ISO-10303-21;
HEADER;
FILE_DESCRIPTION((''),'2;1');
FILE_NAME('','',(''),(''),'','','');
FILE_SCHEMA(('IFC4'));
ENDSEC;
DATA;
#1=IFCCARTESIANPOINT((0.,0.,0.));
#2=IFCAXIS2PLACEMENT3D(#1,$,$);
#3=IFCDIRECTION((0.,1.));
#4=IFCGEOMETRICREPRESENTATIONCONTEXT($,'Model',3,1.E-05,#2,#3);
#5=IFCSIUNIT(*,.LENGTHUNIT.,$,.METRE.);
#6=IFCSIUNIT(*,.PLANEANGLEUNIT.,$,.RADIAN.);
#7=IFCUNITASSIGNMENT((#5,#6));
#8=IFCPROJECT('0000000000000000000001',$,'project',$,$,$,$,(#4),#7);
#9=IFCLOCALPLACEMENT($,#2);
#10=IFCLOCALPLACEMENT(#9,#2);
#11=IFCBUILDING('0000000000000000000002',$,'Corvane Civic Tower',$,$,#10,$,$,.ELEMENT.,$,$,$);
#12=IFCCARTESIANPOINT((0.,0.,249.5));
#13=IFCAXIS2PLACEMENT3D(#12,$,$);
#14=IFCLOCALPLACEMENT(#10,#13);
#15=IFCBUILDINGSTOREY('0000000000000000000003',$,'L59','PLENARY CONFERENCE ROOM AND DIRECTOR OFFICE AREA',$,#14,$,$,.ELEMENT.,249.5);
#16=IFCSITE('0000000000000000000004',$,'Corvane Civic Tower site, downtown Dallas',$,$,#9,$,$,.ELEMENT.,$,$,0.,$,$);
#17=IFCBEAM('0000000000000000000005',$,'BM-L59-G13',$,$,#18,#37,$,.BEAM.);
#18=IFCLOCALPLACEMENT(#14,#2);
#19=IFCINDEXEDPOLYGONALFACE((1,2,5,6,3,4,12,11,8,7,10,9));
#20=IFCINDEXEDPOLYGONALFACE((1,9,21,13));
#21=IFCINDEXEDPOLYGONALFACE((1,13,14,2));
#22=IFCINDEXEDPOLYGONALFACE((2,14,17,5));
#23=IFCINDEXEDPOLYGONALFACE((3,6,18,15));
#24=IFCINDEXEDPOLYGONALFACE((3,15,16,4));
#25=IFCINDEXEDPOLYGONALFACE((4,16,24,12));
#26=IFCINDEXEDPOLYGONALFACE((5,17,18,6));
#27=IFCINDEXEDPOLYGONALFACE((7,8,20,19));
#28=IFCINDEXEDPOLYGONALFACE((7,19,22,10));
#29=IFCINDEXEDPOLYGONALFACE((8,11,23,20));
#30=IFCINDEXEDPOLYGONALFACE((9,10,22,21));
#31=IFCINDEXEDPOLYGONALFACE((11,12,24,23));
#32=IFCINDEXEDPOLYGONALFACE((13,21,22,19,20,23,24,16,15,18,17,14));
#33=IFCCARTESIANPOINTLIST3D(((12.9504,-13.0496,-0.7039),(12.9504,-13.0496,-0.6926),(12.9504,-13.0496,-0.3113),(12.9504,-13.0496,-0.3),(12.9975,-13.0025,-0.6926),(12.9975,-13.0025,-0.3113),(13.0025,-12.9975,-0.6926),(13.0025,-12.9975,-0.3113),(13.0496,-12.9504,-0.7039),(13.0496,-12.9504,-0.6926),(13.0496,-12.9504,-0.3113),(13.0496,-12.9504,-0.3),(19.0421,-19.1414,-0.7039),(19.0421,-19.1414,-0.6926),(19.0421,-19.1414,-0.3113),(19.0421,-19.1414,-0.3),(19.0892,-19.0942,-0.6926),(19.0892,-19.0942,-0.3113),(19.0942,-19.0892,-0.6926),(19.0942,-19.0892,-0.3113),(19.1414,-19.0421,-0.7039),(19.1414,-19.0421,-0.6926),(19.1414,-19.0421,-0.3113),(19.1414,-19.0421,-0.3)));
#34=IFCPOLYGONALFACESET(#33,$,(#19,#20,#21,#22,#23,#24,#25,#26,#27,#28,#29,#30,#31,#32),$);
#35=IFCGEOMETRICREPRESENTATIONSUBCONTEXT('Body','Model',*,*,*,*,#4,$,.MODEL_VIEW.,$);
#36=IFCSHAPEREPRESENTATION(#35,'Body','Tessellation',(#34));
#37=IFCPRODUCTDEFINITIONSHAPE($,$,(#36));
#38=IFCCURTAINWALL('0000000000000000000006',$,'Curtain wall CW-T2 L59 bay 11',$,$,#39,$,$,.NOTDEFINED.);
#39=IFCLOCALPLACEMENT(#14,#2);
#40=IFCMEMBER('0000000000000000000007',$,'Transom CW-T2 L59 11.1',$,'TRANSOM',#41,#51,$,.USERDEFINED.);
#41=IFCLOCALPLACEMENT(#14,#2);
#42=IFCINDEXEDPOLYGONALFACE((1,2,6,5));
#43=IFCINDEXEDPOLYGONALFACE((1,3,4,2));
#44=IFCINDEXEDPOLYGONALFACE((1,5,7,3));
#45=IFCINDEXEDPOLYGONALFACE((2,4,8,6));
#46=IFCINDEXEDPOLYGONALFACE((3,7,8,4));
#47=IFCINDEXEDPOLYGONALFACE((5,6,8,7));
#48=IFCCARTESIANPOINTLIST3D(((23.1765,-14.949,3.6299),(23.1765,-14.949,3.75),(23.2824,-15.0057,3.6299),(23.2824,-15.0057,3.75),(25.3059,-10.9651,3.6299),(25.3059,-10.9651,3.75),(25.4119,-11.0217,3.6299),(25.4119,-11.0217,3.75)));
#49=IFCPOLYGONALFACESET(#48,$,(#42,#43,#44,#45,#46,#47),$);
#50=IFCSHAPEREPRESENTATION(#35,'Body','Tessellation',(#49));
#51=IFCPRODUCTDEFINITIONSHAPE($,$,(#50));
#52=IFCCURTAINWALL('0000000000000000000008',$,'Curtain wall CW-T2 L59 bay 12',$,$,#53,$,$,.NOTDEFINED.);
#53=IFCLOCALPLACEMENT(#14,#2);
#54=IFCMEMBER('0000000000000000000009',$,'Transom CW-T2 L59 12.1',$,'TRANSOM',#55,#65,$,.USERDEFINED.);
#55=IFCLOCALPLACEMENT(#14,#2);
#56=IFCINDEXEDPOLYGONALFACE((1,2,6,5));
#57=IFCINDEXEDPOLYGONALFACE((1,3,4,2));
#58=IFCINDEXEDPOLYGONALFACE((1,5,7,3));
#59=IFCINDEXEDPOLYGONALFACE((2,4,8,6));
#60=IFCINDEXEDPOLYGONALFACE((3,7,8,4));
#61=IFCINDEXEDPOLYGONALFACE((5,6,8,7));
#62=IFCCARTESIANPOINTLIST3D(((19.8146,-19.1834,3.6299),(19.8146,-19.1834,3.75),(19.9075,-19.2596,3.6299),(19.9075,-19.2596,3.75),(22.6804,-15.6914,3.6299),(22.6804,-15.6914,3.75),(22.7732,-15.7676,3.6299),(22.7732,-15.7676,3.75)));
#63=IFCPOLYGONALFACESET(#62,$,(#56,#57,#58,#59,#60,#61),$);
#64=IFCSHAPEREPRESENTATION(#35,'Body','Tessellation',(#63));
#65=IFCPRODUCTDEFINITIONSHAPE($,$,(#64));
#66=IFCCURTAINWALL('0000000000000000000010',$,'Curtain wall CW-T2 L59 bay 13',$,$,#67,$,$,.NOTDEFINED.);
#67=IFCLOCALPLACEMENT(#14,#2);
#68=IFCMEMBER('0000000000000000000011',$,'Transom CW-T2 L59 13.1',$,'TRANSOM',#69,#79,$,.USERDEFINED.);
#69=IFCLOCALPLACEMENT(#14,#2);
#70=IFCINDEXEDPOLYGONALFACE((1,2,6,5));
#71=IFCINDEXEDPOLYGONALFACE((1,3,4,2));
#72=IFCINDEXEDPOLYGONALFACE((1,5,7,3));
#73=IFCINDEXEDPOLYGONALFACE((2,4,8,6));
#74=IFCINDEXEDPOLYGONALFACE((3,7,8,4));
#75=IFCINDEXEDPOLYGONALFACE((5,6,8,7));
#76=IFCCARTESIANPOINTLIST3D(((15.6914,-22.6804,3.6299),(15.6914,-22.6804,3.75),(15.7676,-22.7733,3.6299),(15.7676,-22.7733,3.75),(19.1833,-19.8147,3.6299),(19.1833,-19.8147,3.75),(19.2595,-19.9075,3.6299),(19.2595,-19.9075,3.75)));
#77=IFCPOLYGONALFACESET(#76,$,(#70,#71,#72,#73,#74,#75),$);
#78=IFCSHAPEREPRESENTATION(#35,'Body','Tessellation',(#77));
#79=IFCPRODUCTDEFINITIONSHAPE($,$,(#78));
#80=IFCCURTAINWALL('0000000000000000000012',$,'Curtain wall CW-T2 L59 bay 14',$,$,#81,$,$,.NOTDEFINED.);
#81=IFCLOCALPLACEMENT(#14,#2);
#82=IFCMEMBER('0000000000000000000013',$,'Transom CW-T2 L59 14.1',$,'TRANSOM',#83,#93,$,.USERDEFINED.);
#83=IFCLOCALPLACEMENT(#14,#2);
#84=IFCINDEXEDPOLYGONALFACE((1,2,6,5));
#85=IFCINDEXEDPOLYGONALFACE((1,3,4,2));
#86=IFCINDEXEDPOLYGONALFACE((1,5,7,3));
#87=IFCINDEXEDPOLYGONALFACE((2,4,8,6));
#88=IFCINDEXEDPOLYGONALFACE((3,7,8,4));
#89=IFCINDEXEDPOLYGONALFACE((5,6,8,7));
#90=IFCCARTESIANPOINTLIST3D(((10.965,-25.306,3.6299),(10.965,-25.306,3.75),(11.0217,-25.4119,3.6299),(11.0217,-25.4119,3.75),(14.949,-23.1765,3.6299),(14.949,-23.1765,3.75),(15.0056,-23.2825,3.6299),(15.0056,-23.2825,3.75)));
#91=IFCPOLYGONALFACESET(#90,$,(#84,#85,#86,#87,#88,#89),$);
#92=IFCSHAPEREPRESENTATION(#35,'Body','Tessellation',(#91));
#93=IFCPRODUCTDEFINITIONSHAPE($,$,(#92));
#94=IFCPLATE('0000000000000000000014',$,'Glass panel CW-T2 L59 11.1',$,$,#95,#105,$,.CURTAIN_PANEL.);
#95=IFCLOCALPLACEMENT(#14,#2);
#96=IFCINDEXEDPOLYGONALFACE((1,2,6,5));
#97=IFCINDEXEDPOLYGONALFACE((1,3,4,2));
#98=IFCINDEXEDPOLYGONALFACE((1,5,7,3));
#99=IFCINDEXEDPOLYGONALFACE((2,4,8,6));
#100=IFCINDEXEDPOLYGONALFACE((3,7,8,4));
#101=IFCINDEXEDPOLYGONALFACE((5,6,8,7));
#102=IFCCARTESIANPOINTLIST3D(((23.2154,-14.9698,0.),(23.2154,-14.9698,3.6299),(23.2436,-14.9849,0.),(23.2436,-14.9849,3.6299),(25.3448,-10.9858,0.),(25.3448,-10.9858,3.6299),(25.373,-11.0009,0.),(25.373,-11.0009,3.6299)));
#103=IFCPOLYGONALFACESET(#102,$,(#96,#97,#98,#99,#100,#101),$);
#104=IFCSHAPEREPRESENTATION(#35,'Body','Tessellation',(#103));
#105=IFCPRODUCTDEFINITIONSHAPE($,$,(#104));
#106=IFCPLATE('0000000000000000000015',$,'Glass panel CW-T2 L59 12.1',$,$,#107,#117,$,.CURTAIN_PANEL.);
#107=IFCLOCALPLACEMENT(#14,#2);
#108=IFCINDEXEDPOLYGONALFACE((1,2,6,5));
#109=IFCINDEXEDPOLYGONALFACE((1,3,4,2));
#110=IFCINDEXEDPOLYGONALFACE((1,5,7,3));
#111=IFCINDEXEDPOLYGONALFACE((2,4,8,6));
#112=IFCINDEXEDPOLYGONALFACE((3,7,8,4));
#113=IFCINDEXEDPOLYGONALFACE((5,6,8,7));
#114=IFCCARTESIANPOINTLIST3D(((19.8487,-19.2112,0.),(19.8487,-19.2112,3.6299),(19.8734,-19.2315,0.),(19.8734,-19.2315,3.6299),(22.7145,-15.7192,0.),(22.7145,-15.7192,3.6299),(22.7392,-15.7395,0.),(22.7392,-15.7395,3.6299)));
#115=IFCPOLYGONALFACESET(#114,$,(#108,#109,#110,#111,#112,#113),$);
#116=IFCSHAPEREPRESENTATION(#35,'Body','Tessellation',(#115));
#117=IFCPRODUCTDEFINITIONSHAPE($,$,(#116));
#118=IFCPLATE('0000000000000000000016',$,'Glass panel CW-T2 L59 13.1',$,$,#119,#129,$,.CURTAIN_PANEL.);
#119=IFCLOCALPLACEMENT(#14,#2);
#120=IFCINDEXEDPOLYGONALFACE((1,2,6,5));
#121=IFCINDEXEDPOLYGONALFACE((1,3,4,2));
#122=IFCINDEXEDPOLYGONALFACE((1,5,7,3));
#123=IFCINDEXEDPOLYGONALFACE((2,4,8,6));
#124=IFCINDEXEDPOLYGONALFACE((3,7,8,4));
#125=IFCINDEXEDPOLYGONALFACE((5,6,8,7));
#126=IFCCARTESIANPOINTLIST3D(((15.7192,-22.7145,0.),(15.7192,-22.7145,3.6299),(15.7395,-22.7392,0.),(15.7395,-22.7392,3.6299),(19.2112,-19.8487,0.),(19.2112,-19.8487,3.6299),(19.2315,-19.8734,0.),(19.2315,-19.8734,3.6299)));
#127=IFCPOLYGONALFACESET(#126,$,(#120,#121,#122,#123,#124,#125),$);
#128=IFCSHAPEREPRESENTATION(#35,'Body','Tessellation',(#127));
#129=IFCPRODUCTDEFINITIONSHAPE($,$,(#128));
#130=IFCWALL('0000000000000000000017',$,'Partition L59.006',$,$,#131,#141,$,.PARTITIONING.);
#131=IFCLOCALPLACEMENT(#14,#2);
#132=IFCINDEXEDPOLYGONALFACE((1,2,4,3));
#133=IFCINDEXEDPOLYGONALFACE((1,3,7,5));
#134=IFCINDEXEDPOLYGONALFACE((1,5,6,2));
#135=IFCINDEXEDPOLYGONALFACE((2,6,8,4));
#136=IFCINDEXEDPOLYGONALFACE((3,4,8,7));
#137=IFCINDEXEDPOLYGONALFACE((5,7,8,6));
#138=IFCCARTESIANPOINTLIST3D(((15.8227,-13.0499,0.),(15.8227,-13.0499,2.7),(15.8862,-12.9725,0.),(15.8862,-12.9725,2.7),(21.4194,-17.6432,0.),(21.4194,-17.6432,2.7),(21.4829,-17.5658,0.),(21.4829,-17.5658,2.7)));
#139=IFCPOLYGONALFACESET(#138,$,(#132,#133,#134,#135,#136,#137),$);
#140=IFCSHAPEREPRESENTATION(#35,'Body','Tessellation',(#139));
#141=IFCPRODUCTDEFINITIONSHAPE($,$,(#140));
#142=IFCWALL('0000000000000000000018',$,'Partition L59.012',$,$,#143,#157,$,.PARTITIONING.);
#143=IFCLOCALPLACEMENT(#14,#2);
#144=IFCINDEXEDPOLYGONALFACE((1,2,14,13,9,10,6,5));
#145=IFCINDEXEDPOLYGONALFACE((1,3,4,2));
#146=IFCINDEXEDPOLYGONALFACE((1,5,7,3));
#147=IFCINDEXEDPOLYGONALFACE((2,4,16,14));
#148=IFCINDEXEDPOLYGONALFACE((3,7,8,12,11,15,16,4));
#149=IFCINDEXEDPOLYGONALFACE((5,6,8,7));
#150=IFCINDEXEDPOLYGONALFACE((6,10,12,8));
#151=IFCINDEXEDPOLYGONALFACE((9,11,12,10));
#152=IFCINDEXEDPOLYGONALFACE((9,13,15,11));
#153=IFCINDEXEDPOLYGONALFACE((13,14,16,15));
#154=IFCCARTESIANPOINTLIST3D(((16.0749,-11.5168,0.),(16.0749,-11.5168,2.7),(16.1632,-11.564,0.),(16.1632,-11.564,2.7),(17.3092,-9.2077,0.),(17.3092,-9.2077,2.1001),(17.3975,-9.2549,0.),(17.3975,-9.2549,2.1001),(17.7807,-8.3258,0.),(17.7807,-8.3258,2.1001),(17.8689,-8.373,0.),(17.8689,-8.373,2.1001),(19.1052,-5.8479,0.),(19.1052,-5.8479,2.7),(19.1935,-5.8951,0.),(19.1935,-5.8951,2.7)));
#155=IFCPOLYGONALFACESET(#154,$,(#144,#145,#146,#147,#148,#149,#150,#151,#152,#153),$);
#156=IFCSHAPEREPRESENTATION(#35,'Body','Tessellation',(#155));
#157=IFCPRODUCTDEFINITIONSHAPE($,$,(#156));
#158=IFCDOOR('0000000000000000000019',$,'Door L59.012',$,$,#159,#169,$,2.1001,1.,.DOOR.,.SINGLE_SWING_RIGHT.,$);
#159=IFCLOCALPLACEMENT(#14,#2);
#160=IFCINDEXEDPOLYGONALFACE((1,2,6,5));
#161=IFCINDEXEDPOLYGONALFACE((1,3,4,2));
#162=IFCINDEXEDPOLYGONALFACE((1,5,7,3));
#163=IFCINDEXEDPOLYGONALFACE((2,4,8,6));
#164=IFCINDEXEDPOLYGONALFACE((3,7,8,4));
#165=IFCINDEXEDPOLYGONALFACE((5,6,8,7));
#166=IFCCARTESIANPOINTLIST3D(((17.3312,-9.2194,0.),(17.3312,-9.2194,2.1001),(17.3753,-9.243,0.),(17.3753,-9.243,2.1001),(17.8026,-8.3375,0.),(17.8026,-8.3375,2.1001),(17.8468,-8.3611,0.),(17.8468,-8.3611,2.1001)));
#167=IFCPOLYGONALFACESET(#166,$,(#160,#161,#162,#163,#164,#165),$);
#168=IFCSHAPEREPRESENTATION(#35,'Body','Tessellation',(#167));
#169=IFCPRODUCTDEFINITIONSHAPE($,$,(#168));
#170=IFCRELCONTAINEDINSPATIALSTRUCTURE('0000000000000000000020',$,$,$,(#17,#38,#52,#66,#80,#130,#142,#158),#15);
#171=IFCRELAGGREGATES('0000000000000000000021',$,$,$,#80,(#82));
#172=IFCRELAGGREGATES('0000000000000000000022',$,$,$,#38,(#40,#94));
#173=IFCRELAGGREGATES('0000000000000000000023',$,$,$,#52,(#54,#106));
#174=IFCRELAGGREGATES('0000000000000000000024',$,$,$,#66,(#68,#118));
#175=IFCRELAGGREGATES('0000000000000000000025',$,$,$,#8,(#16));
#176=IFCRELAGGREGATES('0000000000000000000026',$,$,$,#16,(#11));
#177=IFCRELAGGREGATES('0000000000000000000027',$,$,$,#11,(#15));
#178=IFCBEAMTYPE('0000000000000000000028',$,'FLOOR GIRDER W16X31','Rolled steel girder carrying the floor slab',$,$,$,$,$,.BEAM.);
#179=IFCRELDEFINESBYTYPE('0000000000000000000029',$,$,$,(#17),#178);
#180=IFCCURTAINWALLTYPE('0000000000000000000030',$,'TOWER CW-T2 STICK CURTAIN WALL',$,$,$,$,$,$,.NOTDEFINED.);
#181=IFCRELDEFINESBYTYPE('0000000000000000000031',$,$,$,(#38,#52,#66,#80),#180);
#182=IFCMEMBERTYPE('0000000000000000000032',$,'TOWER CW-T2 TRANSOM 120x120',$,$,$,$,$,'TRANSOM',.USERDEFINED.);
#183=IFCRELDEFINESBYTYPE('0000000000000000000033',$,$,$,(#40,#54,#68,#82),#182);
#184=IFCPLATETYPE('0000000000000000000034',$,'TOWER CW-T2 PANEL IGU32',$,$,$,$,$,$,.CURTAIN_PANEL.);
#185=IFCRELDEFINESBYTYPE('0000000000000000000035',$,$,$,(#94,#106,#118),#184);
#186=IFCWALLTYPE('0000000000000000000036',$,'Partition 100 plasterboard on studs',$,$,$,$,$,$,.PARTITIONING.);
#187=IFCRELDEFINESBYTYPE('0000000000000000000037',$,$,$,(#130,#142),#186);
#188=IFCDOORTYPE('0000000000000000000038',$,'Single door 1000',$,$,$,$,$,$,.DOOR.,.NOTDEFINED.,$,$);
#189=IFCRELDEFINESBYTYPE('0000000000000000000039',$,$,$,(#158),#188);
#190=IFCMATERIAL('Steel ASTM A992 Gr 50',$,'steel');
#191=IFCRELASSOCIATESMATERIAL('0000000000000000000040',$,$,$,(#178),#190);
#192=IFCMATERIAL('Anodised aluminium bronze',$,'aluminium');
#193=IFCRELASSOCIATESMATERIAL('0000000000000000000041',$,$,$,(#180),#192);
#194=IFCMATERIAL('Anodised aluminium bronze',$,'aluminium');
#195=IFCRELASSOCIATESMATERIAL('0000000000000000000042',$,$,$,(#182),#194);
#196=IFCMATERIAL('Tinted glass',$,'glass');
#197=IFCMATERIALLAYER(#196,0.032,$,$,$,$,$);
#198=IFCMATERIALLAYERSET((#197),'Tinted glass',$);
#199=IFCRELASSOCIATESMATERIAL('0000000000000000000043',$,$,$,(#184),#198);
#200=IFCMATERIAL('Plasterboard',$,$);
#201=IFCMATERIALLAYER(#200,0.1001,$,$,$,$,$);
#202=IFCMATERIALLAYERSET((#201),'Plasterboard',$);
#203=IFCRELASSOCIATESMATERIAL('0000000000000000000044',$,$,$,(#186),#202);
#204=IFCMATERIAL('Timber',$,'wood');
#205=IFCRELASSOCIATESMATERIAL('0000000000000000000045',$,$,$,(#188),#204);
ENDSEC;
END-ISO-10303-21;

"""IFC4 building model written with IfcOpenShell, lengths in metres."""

from ifc_helpers import new_model, si_unit, direction, frame, frame_2d, origin, origin_2d, place, context, subcontext, project, spatial, rectangle, i_section, extrude, material, layer, layer_set, material_profile, profile_set, type_object, element, fill, aggregate, save


model = new_model("IFC4")

# Units and contexts
model_context = context("Model", 3, precision=1e-05, world=origin(), true_north=direction((0.0, 1.0)))
body_context = subcontext(model_context, "Body", "Model", "MODEL_VIEW")
ifc_project = project(units=[si_unit("LENGTHUNIT", "METRE"), si_unit("PLANEANGLEUNIT", "RADIAN")], contexts=[model_context])

# Site, building, storey
site_placement = place(None, origin())
site = spatial("IfcSite", under=ifc_project, at=site_placement, Name="Corvane Civic Tower site, downtown Dallas", CompositionType="ELEMENT", RefElevation=0.0)
building_placement = place(site_placement, origin())
building = spatial("IfcBuilding", under=site, at=building_placement, Name="Corvane Civic Tower", CompositionType="ELEMENT")
storey_placement = place(building_placement, frame((0.0, 0.0, 249.5)))
storey = spatial("IfcBuildingStorey", under=building, at=storey_placement, Name="L59", Description="PLENARY CONFERENCE ROOM AND DIRECTOR OFFICE AREA", CompositionType="ELEMENT", Elevation=249.5)

# Beam
ifc_material_1 = material(Name="Steel ASTM A992 Gr 50", Category="steel")
ifc_material_profile_1 = material_profile(ifc_material_1, i_section(OverallWidth=0.1404, OverallDepth=0.4038, WebThickness=0.0071, FlangeThickness=0.0112, at=origin_2d()), Name="W16X31")
ifc_profile_set_1 = profile_set([ifc_material_profile_1], Name="Steel ASTM A992 Gr 50")
beam_type_1 = type_object("IfcBeamType", Name="FLOOR GIRDER W16X31", Description="Rolled steel girder carrying the floor slab", PredefinedType="BEAM", material=ifc_profile_set_1)
beam_placement = place(storey_placement, frame((13.0, -13.0, -0.502), z_axis=(0.707107, -0.707107, 0.0), x_axis=(0.707107, 0.707107, 0.0)))
element("IfcBeam", 1, at=beam_placement, inside=storey, type_object=beam_type_1, Name="BM-L59-G13", PredefinedType="BEAM", context=body_context, shape_type="SweptSolid", body=[
    extrude(i_section(OverallWidth=0.1404, OverallDepth=0.4038, WebThickness=0.0071, FlangeThickness=0.0112, at=origin_2d()), origin(), (0.0, 0.0, 1.0), 8.615),
])

# Curtain walls, members
ifc_material_2 = material(Name="Anodised aluminium bronze", Category="aluminium")
curtain_wall_type = type_object("IfcCurtainWallType", Name="TOWER CW-T2 STICK CURTAIN WALL", PredefinedType="NOTDEFINED", material=ifc_material_2)
curtain_wall_1_placement = place(storey_placement, origin())
curtain_wall_1 = element("IfcCurtainWall", 2, at=curtain_wall_1_placement, inside=storey, type_object=curtain_wall_type, Name="Curtain wall CW-T2 L59 bay 11", PredefinedType="NOTDEFINED")
ifc_material_3 = material(Name="Anodised aluminium bronze", Category="aluminium")
ifc_material_profile_2 = material_profile(ifc_material_3, rectangle(XDim=0.1201, YDim=0.1201, at=origin_2d()), Name="TOWER CW-T2 TRANSOM 120x120")
ifc_profile_set_2 = profile_set([ifc_material_profile_2], Name="Anodised aluminium bronze")
member_type = type_object("IfcMemberType", Name="TOWER CW-T2 TRANSOM 120x120", ElementType="TRANSOM", PredefinedType="USERDEFINED", material=ifc_profile_set_2)
member_1_placement = place(storey_placement, frame((25.3589, -10.9934, 3.6899), z_axis=(-0.47139, -0.881925, 0.0), x_axis=(0.881925, -0.47139, 0.0)))
member_1 = element("IfcMember", 3, at=member_1_placement, type_object=member_type, Name="Transom CW-T2 L59 11.1", ObjectType="TRANSOM", PredefinedType="USERDEFINED", context=body_context, shape_type="SweptSolid", body=[
    extrude(rectangle(XDim=0.1201, YDim=0.1201, at=origin_2d()), origin(), (0.0, 0.0, 1.0), 4.5173),
])
curtain_wall_2_placement = place(storey_placement, origin())
curtain_wall_2 = element("IfcCurtainWall", 4, at=curtain_wall_2_placement, inside=storey, type_object=curtain_wall_type, Name="Curtain wall CW-T2 L59 bay 12", PredefinedType="NOTDEFINED")
member_2_placement = place(storey_placement, frame((22.7268, -15.7295, 3.6899), z_axis=(-0.634388, -0.773015, 0.0), x_axis=(0.773015, -0.634388, 0.0)))
member_2 = element("IfcMember", 5, at=member_2_placement, type_object=member_type, Name="Transom CW-T2 L59 12.1", ObjectType="TRANSOM", PredefinedType="USERDEFINED", context=body_context, shape_type="SweptSolid", body=[
    extrude(rectangle(XDim=0.1201, YDim=0.1201, at=origin_2d()), origin(), (0.0, 0.0, 1.0), 4.5173),
])
curtain_wall_3_placement = place(storey_placement, origin())
curtain_wall_3 = element("IfcCurtainWall", 6, at=curtain_wall_3_placement, inside=storey, type_object=curtain_wall_type, Name="Curtain wall CW-T2 L59 bay 13", PredefinedType="NOTDEFINED")
member_3_placement = place(storey_placement, frame((19.2214, -19.8611, 3.6899), z_axis=(-0.773015, -0.634388, 0.0), x_axis=(0.634388, -0.773015, 0.0)))
member_3 = element("IfcMember", 7, at=member_3_placement, type_object=member_type, Name="Transom CW-T2 L59 13.1", ObjectType="TRANSOM", PredefinedType="USERDEFINED", context=body_context, shape_type="SweptSolid", body=[
    extrude(rectangle(XDim=0.1201, YDim=0.1201, at=origin_2d()), origin(), (0.0, 0.0, 1.0), 4.5173),
])
curtain_wall_4_placement = place(storey_placement, origin())
curtain_wall_4 = element("IfcCurtainWall", 8, at=curtain_wall_4_placement, inside=storey, type_object=curtain_wall_type, Name="Curtain wall CW-T2 L59 bay 14", PredefinedType="NOTDEFINED")
member_4_placement = place(storey_placement, frame((14.9773, -23.2295, 3.6899), z_axis=(-0.881925, -0.47139, 0.0), x_axis=(0.47139, -0.881925, 0.0)))
member_4 = element("IfcMember", 9, at=member_4_placement, type_object=member_type, Name="Transom CW-T2 L59 14.1", ObjectType="TRANSOM", PredefinedType="USERDEFINED", context=body_context, shape_type="SweptSolid", body=[
    extrude(rectangle(XDim=0.1201, YDim=0.1201, at=origin_2d()), origin(), (0.0, 0.0, 1.0), 4.5173),
])
aggregate(curtain_wall_4, [member_4])

# Plates
ifc_material_4 = material(Name="Tinted glass", Category="glass")
ifc_layer_1 = layer(ifc_material_4, 0.032)
ifc_layer_set_1 = layer_set([ifc_layer_1], Name="Tinted glass")
plate_type = type_object("IfcPlateType", Name="TOWER CW-T2 PANEL IGU32", PredefinedType="CURTAIN_PANEL", material=ifc_layer_set_1)
plate_1_placement = place(storey_placement, frame((24.2942, -12.9854, 0.0), z_axis=(0.0, 0.0, 1.0), x_axis=(-0.471398, -0.88192, 0.0)))
plate_1 = element("IfcPlate", 10, at=plate_1_placement, type_object=plate_type, Name="Glass panel CW-T2 L59 11.1", PredefinedType="CURTAIN_PANEL", context=body_context, shape_type="SweptSolid", body=[
    extrude(rectangle(XDim=4.5173, YDim=0.032, at=origin_2d()), origin(), (0.0, 0.0, 1.0), 3.6299),
])
aggregate(curtain_wall_1, [member_1, plate_1])
plate_2_placement = place(storey_placement, frame((21.2939, -17.4753, 0.0), z_axis=(0.0, 0.0, 1.0), x_axis=(-0.634391, -0.773012, 0.0)))
plate_2 = element("IfcPlate", 11, at=plate_2_placement, type_object=plate_type, Name="Glass panel CW-T2 L59 12.1", PredefinedType="CURTAIN_PANEL", context=body_context, shape_type="SweptSolid", body=[
    extrude(rectangle(XDim=4.5173, YDim=0.032, at=origin_2d()), origin(), (0.0, 0.0, 1.0), 3.6299),
])
aggregate(curtain_wall_2, [member_2, plate_2])
plate_3_placement = place(storey_placement, frame((17.4753, -21.2939, 0.0), z_axis=(0.0, 0.0, 1.0), x_axis=(-0.773012, -0.634391, 0.0)))
plate_3 = element("IfcPlate", 12, at=plate_3_placement, type_object=plate_type, Name="Glass panel CW-T2 L59 13.1", PredefinedType="CURTAIN_PANEL", context=body_context, shape_type="SweptSolid", body=[
    extrude(rectangle(XDim=4.5173, YDim=0.032, at=origin_2d()), origin(), (0.0, 0.0, 1.0), 3.6299),
])
aggregate(curtain_wall_3, [member_3, plate_3])

# Wall
ifc_material_5 = material(Name="Plasterboard")
ifc_layer_2 = layer(ifc_material_5, 0.1001)
ifc_layer_set_2 = layer_set([ifc_layer_2], Name="Plasterboard")
wall_type_1 = type_object("IfcWallType", Name="Partition 100 plasterboard on studs", PredefinedType="PARTITIONING", material=ifc_layer_set_2)
wall_1_placement = place(storey_placement, frame((15.8545, -13.0112, 0.0), z_axis=(0.0, 0.0, 1.0), x_axis=(0.772998, -0.634409, 0.0)))
element("IfcWall", 13, at=wall_1_placement, inside=storey, type_object=wall_type_1, Name="Partition L59.006", PredefinedType="PARTITIONING", context=body_context, shape_type="SweptSolid", body=[
    extrude(rectangle(XDim=7.2402, YDim=0.1001, at=frame_2d((3.6201, 0.0))), origin(), (0.0, 0.0, 1.0), 2.7),
])

# Wall, opening, door
wall_2_placement = place(storey_placement, frame((16.1191, -11.5403, 0.0), z_axis=(0.0, 0.0, 1.0), x_axis=(0.471416, 0.881911, 0.0)))
wall_2 = element("IfcWall", 14, at=wall_2_placement, inside=storey, type_object=wall_type_1, Name="Partition L59.012", PredefinedType="PARTITIONING", context=body_context, shape_type="SweptSolid", body=[
    extrude(rectangle(XDim=6.428, YDim=0.1001, at=frame_2d((3.2139, 0.0))), origin(), (0.0, 0.0, 1.0), 2.7),
])
opening_1_placement = place(wall_2_placement, frame((2.6182, 0.0, 0.0)))
opening_1 = element("IfcOpeningElement", 15, at=opening_1_placement, cuts=wall_2, PredefinedType="OPENING", context=body_context, shape_type="SweptSolid", body=[
    extrude(rectangle(XDim=1.0, YDim=2.1001, at=frame_2d((0.5, 1.05))), frame((0.0, 0.0601, 0.0), z_axis=(0.0, -1.0, 0.0), x_axis=(1.0, 0.0, 0.0)), (0.0, 0.0, 1.0), 0.1201),
])
ifc_material_6 = material(Name="Timber", Category="wood")
door_type_1 = type_object("IfcDoorType", Name="Single door 1000", OperationType="NOTDEFINED", PredefinedType="DOOR", material=ifc_material_6)
door_1_placement = place(opening_1_placement, frame((1.0, 0.0, 0.0), z_axis=(0.0, 0.0, 1.0), x_axis=(-1.0, 0.0, 0.0)))
door_1 = element("IfcDoor", 16, at=door_1_placement, inside=storey, type_object=door_type_1, Name="Door L59.012", OperationType="SINGLE_SWING_RIGHT", OverallHeight=2.1001, OverallWidth=1.0, PredefinedType="DOOR", context=body_context, shape_type="SweptSolid", body=[
    extrude(rectangle(XDim=1.0, YDim=2.1001, at=frame_2d((0.5, 1.05))), frame((0.0, 0.0249, 0.0), z_axis=(0.0, -1.0, 0.0), x_axis=(1.0, 0.0, 0.0)), (0.0, 0.0, 1.0), 0.05),
])
fill(opening_1, door_1)

save(model, "model.ifc")
